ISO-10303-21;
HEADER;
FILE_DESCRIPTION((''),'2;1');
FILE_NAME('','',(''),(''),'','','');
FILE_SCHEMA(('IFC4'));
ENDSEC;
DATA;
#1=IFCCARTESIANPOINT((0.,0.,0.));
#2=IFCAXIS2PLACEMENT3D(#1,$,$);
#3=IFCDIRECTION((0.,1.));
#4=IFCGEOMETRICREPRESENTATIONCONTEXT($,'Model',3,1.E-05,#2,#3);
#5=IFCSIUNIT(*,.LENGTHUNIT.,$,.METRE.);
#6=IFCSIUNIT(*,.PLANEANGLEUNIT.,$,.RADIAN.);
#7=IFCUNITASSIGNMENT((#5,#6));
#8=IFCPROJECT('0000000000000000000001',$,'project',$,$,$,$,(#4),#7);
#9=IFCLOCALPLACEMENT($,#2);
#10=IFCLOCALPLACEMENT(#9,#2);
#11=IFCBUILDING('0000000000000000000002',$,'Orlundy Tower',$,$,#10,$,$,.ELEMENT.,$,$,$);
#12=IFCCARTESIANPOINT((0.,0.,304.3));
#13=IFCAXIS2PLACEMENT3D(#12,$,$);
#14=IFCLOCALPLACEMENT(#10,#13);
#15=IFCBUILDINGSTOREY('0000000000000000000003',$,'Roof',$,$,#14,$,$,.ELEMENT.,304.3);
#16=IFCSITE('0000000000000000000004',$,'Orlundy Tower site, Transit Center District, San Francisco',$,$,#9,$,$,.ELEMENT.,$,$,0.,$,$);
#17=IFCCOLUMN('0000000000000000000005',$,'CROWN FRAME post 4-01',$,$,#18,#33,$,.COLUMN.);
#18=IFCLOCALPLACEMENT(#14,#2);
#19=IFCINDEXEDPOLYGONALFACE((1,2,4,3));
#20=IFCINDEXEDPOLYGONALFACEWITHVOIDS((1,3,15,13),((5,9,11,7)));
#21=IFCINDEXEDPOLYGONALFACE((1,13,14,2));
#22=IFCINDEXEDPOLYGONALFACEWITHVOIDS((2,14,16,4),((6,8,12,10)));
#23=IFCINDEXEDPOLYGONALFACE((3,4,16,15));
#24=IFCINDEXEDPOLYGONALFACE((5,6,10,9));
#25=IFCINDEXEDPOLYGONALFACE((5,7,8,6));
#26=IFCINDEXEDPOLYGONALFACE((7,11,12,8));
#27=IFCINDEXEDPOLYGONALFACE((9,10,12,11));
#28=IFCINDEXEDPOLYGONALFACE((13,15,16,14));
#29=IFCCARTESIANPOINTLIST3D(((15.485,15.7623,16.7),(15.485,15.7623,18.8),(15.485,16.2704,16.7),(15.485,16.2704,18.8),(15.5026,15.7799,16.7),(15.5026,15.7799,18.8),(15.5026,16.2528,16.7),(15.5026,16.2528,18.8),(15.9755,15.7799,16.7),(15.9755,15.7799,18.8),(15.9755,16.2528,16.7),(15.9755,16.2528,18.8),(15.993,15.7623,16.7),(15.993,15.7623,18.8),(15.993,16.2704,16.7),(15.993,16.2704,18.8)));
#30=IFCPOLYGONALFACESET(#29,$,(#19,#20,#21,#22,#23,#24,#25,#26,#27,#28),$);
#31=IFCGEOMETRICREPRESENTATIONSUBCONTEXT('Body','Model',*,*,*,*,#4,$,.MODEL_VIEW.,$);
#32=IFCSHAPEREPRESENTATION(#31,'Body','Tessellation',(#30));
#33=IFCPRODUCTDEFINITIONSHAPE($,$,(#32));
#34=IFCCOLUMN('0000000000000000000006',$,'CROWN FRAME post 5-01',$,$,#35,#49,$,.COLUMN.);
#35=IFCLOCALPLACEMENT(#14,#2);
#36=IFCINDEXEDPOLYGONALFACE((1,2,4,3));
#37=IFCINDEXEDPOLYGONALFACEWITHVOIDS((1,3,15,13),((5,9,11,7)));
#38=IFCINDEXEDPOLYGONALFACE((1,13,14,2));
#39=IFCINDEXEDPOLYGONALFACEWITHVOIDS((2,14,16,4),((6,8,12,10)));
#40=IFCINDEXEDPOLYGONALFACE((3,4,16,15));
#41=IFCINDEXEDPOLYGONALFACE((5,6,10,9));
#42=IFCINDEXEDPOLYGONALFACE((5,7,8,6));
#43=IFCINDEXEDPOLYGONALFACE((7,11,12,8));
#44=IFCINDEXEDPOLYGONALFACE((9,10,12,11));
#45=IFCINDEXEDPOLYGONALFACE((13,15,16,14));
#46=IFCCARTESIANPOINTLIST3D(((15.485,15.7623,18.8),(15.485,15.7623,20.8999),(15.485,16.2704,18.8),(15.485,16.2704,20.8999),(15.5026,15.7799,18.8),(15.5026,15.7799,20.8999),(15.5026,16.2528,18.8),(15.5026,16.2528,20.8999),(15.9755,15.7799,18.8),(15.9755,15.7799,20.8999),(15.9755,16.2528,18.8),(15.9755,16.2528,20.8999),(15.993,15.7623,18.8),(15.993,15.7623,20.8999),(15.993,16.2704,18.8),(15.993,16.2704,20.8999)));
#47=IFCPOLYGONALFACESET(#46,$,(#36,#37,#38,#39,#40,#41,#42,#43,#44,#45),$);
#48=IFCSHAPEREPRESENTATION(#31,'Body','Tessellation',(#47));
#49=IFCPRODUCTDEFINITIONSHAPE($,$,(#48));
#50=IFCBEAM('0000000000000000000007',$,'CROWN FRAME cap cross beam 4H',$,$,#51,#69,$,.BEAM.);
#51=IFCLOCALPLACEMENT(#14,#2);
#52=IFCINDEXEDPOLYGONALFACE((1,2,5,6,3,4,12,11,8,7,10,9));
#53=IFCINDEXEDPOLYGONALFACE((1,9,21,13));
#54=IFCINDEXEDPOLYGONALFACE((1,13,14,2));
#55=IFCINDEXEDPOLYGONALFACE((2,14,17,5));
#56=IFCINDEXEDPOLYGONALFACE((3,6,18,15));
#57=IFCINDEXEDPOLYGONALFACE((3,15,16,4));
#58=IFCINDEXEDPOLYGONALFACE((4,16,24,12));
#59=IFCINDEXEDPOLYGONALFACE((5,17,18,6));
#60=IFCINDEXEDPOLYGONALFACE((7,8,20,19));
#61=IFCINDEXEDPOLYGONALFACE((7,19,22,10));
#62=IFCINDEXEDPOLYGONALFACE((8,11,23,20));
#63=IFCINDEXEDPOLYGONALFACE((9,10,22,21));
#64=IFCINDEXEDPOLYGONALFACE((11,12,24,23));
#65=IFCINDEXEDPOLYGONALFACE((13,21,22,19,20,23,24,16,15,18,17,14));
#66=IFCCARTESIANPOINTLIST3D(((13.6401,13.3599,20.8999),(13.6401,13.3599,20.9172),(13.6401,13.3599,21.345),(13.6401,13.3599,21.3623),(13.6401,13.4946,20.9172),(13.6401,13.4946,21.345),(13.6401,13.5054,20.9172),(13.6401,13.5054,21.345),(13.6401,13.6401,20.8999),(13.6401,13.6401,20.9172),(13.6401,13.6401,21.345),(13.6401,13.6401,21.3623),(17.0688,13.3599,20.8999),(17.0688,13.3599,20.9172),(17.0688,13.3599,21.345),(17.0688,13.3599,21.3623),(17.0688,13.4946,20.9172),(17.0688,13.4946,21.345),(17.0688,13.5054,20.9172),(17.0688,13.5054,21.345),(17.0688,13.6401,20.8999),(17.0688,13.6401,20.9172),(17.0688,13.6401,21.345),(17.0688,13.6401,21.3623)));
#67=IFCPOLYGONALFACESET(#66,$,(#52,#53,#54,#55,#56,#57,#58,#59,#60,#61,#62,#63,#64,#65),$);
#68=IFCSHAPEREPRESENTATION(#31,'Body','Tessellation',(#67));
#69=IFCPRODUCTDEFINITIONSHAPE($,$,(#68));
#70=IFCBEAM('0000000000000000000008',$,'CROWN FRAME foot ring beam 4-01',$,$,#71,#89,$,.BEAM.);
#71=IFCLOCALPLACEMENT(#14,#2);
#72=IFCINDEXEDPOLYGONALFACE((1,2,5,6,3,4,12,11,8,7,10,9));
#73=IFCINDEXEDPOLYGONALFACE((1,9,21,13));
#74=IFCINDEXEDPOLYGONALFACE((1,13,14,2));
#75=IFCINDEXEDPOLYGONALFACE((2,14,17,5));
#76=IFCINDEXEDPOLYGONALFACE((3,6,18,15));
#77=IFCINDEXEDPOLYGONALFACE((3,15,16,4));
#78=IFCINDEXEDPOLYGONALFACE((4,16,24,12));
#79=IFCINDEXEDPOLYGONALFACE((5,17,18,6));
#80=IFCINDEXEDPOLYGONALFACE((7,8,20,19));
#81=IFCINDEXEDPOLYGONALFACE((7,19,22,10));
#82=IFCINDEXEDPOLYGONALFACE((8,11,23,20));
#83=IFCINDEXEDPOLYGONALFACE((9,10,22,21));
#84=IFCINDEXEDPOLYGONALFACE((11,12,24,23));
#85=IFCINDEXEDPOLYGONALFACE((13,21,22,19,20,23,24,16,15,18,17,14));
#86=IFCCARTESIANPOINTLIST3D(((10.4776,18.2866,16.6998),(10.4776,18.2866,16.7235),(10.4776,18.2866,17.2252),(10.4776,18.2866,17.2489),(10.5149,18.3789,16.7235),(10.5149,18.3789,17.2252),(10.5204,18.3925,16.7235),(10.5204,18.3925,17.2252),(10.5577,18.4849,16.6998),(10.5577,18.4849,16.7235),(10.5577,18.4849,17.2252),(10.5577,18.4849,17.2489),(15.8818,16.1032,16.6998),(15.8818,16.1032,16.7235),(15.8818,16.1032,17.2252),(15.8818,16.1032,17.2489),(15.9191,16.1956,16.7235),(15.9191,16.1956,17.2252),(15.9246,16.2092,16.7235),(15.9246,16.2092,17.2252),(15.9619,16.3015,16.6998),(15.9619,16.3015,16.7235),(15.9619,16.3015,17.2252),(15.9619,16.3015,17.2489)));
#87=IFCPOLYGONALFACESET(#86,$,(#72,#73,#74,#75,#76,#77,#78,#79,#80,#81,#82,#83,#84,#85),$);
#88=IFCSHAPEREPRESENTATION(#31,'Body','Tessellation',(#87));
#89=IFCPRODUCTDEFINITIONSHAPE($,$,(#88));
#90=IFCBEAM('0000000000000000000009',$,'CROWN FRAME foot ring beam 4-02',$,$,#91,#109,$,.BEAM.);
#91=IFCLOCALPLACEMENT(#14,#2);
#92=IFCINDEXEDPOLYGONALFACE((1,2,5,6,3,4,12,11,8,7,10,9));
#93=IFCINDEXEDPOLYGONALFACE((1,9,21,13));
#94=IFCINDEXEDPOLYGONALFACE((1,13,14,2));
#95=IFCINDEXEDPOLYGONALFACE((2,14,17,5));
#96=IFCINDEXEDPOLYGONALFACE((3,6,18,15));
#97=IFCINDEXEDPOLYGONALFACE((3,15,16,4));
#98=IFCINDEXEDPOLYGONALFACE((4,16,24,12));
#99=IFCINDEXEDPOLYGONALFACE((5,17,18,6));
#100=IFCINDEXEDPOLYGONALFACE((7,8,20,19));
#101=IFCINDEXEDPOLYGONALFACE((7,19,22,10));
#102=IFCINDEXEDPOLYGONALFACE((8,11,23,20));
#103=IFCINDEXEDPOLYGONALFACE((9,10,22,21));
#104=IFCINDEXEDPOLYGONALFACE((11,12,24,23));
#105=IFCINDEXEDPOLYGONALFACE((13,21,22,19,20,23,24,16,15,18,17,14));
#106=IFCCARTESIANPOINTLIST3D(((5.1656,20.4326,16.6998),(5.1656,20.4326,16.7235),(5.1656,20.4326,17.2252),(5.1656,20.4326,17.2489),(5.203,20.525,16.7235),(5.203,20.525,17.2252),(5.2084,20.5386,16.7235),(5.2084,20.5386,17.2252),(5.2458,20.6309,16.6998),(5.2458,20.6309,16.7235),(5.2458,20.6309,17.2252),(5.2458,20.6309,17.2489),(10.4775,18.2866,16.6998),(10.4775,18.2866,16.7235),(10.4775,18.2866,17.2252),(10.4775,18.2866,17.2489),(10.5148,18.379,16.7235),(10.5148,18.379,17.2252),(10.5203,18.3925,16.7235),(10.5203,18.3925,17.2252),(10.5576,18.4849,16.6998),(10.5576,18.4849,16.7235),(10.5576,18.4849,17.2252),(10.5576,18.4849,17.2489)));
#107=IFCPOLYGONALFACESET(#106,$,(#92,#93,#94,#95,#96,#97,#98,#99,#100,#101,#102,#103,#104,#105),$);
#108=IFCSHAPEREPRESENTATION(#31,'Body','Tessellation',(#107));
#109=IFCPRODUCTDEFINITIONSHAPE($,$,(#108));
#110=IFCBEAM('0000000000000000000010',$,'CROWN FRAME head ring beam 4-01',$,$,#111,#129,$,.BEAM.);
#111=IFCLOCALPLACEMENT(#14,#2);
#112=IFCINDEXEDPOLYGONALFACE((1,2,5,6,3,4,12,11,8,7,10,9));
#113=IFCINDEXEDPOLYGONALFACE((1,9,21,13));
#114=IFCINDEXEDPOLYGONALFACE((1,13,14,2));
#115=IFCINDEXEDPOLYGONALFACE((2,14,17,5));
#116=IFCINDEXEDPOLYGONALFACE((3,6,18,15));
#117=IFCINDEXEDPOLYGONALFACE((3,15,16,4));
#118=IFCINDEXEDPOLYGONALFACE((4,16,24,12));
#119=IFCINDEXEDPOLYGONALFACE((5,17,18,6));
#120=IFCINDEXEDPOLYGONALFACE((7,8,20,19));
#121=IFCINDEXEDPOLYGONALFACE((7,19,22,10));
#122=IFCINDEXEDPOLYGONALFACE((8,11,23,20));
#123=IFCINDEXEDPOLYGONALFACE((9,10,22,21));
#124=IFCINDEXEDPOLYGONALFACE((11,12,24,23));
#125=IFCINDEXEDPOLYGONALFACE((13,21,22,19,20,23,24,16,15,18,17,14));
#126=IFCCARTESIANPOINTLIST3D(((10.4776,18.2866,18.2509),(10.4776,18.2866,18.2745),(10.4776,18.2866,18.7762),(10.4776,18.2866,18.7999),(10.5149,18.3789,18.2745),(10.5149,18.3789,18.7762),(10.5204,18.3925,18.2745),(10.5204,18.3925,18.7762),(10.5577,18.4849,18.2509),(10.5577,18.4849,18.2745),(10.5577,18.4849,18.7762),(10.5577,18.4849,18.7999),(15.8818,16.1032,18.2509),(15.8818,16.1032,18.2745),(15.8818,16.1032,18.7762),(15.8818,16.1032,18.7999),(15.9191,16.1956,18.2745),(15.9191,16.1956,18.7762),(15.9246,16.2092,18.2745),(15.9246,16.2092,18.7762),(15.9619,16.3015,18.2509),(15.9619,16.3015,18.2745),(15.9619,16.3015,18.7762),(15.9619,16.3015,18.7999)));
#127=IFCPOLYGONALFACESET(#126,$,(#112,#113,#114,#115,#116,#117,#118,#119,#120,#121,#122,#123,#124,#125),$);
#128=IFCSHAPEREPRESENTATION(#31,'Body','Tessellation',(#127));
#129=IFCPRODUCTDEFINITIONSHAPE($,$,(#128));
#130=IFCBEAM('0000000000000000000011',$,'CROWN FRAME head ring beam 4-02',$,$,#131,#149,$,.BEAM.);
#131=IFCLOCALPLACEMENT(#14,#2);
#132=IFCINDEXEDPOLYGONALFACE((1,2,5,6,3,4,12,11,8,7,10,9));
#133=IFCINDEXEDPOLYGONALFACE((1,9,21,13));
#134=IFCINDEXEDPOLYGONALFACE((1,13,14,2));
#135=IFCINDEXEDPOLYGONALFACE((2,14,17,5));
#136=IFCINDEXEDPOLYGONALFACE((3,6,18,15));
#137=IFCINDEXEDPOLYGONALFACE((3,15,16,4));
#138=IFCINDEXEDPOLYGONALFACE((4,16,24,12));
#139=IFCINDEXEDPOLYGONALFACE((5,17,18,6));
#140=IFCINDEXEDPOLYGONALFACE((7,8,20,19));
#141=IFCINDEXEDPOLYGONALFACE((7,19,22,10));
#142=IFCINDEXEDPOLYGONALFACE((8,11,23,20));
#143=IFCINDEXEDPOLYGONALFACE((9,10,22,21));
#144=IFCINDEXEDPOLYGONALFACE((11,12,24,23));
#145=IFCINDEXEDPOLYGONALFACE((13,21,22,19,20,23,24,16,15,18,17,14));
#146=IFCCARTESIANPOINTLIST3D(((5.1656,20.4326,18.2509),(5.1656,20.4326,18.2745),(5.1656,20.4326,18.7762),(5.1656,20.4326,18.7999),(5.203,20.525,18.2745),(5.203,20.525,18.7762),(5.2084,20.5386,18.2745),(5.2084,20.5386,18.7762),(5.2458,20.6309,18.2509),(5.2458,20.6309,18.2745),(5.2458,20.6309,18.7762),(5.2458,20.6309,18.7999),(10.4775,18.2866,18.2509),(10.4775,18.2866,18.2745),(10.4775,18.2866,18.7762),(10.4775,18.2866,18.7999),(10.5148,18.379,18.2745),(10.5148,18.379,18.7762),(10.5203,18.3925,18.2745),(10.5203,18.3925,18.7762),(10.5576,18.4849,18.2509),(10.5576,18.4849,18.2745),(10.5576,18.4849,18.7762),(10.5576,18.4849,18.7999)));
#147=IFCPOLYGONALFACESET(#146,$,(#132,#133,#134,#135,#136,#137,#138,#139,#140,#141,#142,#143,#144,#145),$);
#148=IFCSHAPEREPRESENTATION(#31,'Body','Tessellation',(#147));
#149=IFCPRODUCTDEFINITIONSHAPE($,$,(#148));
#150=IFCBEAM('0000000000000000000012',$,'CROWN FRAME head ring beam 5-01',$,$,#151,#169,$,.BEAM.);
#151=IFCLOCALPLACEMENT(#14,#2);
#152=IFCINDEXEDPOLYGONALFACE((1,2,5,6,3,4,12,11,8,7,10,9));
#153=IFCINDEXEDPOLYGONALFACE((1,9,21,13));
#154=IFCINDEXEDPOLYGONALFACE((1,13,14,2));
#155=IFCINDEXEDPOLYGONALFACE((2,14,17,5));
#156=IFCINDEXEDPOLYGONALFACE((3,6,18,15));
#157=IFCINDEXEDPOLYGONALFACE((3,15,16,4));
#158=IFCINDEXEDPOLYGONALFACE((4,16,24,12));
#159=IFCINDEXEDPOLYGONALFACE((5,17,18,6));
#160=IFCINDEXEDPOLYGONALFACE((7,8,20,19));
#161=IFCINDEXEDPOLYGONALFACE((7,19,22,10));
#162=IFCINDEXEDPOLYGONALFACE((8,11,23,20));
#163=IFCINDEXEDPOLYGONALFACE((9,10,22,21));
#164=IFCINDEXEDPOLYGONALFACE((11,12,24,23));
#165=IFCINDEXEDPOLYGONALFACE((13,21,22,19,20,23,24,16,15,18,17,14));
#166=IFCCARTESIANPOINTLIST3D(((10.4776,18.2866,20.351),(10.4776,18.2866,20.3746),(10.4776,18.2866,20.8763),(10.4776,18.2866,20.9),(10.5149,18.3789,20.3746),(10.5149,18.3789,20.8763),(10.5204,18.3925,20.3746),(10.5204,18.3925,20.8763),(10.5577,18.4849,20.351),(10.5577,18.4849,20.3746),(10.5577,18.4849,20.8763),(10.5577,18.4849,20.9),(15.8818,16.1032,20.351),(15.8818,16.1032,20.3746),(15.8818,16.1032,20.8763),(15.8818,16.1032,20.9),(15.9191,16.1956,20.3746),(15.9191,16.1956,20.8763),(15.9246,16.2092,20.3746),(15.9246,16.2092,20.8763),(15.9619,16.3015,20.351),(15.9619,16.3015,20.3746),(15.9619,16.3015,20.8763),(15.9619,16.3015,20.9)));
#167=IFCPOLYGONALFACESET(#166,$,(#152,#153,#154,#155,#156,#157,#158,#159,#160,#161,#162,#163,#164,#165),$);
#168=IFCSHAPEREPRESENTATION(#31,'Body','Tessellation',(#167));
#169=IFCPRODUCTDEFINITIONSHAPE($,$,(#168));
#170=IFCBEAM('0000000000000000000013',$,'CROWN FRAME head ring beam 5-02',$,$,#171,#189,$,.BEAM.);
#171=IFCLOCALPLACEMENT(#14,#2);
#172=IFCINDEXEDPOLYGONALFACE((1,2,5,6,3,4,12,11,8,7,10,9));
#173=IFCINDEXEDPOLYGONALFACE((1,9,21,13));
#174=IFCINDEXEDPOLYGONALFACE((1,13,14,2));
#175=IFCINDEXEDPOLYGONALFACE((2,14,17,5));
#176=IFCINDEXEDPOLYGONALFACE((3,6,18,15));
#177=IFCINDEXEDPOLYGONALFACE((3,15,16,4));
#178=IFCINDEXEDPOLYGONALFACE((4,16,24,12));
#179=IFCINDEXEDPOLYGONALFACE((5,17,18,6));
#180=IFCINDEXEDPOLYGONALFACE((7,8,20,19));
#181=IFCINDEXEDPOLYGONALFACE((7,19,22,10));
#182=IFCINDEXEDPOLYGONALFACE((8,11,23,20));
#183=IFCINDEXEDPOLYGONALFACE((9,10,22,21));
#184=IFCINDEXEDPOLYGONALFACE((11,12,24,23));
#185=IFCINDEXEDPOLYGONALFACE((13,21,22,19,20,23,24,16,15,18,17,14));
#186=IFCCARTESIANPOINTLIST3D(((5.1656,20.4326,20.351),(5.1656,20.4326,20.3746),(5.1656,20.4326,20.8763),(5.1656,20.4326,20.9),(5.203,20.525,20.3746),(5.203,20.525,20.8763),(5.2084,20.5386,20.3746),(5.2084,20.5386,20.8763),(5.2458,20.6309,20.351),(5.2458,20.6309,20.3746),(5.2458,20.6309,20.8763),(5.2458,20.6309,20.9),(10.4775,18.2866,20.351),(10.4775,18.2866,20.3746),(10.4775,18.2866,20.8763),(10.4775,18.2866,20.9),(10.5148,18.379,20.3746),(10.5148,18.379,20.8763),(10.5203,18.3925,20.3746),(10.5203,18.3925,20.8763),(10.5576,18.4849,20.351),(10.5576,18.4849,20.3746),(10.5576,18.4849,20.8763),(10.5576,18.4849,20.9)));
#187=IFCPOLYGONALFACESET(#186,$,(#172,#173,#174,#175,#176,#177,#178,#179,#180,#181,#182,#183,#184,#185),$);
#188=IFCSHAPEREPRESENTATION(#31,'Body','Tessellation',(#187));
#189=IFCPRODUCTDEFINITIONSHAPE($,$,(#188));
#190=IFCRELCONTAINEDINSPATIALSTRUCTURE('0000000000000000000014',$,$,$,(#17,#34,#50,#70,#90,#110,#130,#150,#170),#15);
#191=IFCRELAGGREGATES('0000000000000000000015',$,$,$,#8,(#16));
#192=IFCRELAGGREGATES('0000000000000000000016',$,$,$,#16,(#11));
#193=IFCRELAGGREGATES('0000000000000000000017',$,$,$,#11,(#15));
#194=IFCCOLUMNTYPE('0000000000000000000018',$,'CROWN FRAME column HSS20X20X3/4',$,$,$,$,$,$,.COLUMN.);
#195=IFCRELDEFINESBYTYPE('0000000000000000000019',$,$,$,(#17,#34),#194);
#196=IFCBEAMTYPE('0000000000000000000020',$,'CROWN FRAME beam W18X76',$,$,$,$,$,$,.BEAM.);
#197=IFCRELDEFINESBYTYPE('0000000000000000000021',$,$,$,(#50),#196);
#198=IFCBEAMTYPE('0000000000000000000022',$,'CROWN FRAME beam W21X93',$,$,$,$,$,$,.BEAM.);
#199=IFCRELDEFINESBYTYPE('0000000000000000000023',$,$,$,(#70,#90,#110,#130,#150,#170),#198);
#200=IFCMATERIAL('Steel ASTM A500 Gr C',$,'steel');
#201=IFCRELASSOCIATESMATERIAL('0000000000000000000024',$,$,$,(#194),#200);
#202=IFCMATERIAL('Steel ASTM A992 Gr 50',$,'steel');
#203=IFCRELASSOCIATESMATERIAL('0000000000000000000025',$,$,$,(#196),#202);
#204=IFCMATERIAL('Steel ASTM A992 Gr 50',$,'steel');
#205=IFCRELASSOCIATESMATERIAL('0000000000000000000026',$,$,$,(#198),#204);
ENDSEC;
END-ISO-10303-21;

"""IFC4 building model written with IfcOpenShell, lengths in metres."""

from ifc_helpers import new_model, si_unit, direction, frame, origin, origin_2d, place, context, subcontext, project, spatial, hollow_rectangle, i_section, extrude, material, material_profile, profile_set, type_object, element, save


model = new_model("IFC4")

# Units and contexts
model_context = context("Model", 3, precision=1e-05, world=origin(), true_north=direction((0.0, 1.0)))
body_context = subcontext(model_context, "Body", "Model", "MODEL_VIEW")
ifc_project = project(units=[si_unit("LENGTHUNIT", "METRE"), si_unit("PLANEANGLEUNIT", "RADIAN")], contexts=[model_context])

# Site, building, storey
site_placement = place(None, origin())
site = spatial("IfcSite", under=ifc_project, at=site_placement, Name="Orlundy Tower site, Transit Center District, San Francisco", CompositionType="ELEMENT", RefElevation=0.0)
building_placement = place(site_placement, origin())
building = spatial("IfcBuilding", under=site, at=building_placement, Name="Orlundy Tower", CompositionType="ELEMENT")
storey_placement = place(building_placement, frame((0.0, 0.0, 304.3)))
storey = spatial("IfcBuildingStorey", under=building, at=storey_placement, Name="Roof", CompositionType="ELEMENT", Elevation=304.3)

# Columns
ifc_material_1 = material(Name="Steel ASTM A500 Gr C", Category="steel")
ifc_material_profile_1 = material_profile(ifc_material_1, hollow_rectangle(XDim=0.5081, YDim=0.5081, WallThickness=0.0176, at=origin_2d()), Name="HSS20X20X3/4")
ifc_profile_set_1 = profile_set([ifc_material_profile_1], Name="Steel ASTM A500 Gr C")
column_type = type_object("IfcColumnType", Name="CROWN FRAME column HSS20X20X3/4", PredefinedType="COLUMN", material=ifc_profile_set_1)
column_1_placement = place(storey_placement, frame((15.739, 16.0164, 16.7), z_axis=(0.0, 0.0, 1.0), x_axis=(1.0, 0.0, 0.0)))
element("IfcColumn", 1, at=column_1_placement, inside=storey, type_object=column_type, Name="CROWN FRAME post 4-01", PredefinedType="COLUMN", context=body_context, shape_type="SweptSolid", body=[
    extrude(hollow_rectangle(XDim=0.5081, YDim=0.5081, WallThickness=0.0176, at=origin_2d()), origin(), (0.0, 0.0, 1.0), 2.1001),
])
column_2_placement = place(storey_placement, frame((15.739, 16.0164, 18.8), z_axis=(0.0, 0.0, 1.0), x_axis=(1.0, 0.0, 0.0)))
element("IfcColumn", 2, at=column_2_placement, inside=storey, type_object=column_type, Name="CROWN FRAME post 5-01", PredefinedType="COLUMN", context=body_context, shape_type="SweptSolid", body=[
    extrude(hollow_rectangle(XDim=0.5081, YDim=0.5081, WallThickness=0.0176, at=origin_2d()), origin(), (0.0, 0.0, 1.0), 2.0999),
])

# Beams
ifc_material_2 = material(Name="Steel ASTM A992 Gr 50", Category="steel")
ifc_material_profile_2 = material_profile(ifc_material_2, i_section(OverallWidth=0.2803, OverallDepth=0.4624, WebThickness=0.0107, FlangeThickness=0.0173, at=origin_2d()), Name="W18X76")
ifc_profile_set_2 = profile_set([ifc_material_profile_2], Name="Steel ASTM A992 Gr 50")
beam_type_1 = type_object("IfcBeamType", Name="CROWN FRAME beam W18X76", PredefinedType="BEAM", material=ifc_profile_set_2)
beam_1_placement = place(storey_placement, frame((13.6401, 13.5, 21.1311), z_axis=(1.0, 0.0, 0.0), x_axis=(0.0, 1.0, 0.0)))
element("IfcBeam", 3, at=beam_1_placement, inside=storey, type_object=beam_type_1, Name="CROWN FRAME cap cross beam 4H", PredefinedType="BEAM", context=body_context, shape_type="SweptSolid", body=[
    extrude(i_section(OverallWidth=0.2803, OverallDepth=0.4624, WebThickness=0.0107, FlangeThickness=0.0173, at=origin_2d()), origin(), (0.0, 0.0, 1.0), 3.4287),
])
ifc_material_3 = material(Name="Steel ASTM A992 Gr 50", Category="steel")
ifc_material_profile_3 = material_profile(ifc_material_3, i_section(OverallWidth=0.2139, OverallDepth=0.5491, WebThickness=0.0146, FlangeThickness=0.0237, at=origin_2d()), Name="W21X93")
ifc_profile_set_3 = profile_set([ifc_material_profile_3], Name="Steel ASTM A992 Gr 50")
beam_type_2 = type_object("IfcBeamType", Name="CROWN FRAME beam W21X93", PredefinedType="BEAM", material=ifc_profile_set_3)
beam_2_placement = place(storey_placement, frame((15.9219, 16.2024, 16.9744), z_axis=(-0.927191, 0.374588, 0.0), x_axis=(-0.374588, -0.927191, 0.0)))
element("IfcBeam", 4, at=beam_2_placement, inside=storey, type_object=beam_type_2, Name="CROWN FRAME foot ring beam 4-01", PredefinedType="BEAM", context=body_context, shape_type="SweptSolid", body=[
    extrude(i_section(OverallWidth=0.2139, OverallDepth=0.5491, WebThickness=0.0146, FlangeThickness=0.0237, at=origin_2d()), origin(), (0.0, 0.0, 1.0), 5.8286),
])
beam_3_placement = place(storey_placement, frame((10.5176, 18.3857, 16.9744), z_axis=(-0.92719, 0.374592, 0.0), x_axis=(-0.374592, -0.92719, 0.0)))
element("IfcBeam", 5, at=beam_3_placement, inside=storey, type_object=beam_type_2, Name="CROWN FRAME foot ring beam 4-02", PredefinedType="BEAM", context=body_context, shape_type="SweptSolid", body=[
    extrude(i_section(OverallWidth=0.2139, OverallDepth=0.5491, WebThickness=0.0146, FlangeThickness=0.0237, at=origin_2d()), origin(), (0.0, 0.0, 1.0), 5.729),
])
beam_4_placement = place(storey_placement, frame((15.9219, 16.2024, 18.5254), z_axis=(-0.927191, 0.374588, 0.0), x_axis=(-0.374588, -0.927191, 0.0)))
element("IfcBeam", 6, at=beam_4_placement, inside=storey, type_object=beam_type_2, Name="CROWN FRAME head ring beam 4-01", PredefinedType="BEAM", context=body_context, shape_type="SweptSolid", body=[
    extrude(i_section(OverallWidth=0.2139, OverallDepth=0.5491, WebThickness=0.0146, FlangeThickness=0.0237, at=origin_2d()), origin(), (0.0, 0.0, 1.0), 5.8286),
])
beam_5_placement = place(storey_placement, frame((10.5176, 18.3857, 18.5254), z_axis=(-0.92719, 0.374592, 0.0), x_axis=(-0.374592, -0.92719, 0.0)))
element("IfcBeam", 7, at=beam_5_placement, inside=storey, type_object=beam_type_2, Name="CROWN FRAME head ring beam 4-02", PredefinedType="BEAM", context=body_context, shape_type="SweptSolid", body=[
    extrude(i_section(OverallWidth=0.2139, OverallDepth=0.5491, WebThickness=0.0146, FlangeThickness=0.0237, at=origin_2d()), origin(), (0.0, 0.0, 1.0), 5.729),
])
beam_6_placement = place(storey_placement, frame((15.9219, 16.2024, 20.6255), z_axis=(-0.927191, 0.374588, 0.0), x_axis=(-0.374588, -0.927191, 0.0)))
element("IfcBeam", 8, at=beam_6_placement, inside=storey, type_object=beam_type_2, Name="CROWN FRAME head ring beam 5-01", PredefinedType="BEAM", context=body_context, shape_type="SweptSolid", body=[
    extrude(i_section(OverallWidth=0.2139, OverallDepth=0.5491, WebThickness=0.0146, FlangeThickness=0.0237, at=origin_2d()), origin(), (0.0, 0.0, 1.0), 5.8286),
])
beam_7_placement = place(storey_placement, frame((10.5176, 18.3857, 20.6255), z_axis=(-0.92719, 0.374592, 0.0), x_axis=(-0.374592, -0.92719, 0.0)))
element("IfcBeam", 9, at=beam_7_placement, inside=storey, type_object=beam_type_2, Name="CROWN FRAME head ring beam 5-02", PredefinedType="BEAM", context=body_context, shape_type="SweptSolid", body=[
    extrude(i_section(OverallWidth=0.2139, OverallDepth=0.5491, WebThickness=0.0146, FlangeThickness=0.0237, at=origin_2d()), origin(), (0.0, 0.0, 1.0), 5.729),
])

save(model, "model.ifc")
